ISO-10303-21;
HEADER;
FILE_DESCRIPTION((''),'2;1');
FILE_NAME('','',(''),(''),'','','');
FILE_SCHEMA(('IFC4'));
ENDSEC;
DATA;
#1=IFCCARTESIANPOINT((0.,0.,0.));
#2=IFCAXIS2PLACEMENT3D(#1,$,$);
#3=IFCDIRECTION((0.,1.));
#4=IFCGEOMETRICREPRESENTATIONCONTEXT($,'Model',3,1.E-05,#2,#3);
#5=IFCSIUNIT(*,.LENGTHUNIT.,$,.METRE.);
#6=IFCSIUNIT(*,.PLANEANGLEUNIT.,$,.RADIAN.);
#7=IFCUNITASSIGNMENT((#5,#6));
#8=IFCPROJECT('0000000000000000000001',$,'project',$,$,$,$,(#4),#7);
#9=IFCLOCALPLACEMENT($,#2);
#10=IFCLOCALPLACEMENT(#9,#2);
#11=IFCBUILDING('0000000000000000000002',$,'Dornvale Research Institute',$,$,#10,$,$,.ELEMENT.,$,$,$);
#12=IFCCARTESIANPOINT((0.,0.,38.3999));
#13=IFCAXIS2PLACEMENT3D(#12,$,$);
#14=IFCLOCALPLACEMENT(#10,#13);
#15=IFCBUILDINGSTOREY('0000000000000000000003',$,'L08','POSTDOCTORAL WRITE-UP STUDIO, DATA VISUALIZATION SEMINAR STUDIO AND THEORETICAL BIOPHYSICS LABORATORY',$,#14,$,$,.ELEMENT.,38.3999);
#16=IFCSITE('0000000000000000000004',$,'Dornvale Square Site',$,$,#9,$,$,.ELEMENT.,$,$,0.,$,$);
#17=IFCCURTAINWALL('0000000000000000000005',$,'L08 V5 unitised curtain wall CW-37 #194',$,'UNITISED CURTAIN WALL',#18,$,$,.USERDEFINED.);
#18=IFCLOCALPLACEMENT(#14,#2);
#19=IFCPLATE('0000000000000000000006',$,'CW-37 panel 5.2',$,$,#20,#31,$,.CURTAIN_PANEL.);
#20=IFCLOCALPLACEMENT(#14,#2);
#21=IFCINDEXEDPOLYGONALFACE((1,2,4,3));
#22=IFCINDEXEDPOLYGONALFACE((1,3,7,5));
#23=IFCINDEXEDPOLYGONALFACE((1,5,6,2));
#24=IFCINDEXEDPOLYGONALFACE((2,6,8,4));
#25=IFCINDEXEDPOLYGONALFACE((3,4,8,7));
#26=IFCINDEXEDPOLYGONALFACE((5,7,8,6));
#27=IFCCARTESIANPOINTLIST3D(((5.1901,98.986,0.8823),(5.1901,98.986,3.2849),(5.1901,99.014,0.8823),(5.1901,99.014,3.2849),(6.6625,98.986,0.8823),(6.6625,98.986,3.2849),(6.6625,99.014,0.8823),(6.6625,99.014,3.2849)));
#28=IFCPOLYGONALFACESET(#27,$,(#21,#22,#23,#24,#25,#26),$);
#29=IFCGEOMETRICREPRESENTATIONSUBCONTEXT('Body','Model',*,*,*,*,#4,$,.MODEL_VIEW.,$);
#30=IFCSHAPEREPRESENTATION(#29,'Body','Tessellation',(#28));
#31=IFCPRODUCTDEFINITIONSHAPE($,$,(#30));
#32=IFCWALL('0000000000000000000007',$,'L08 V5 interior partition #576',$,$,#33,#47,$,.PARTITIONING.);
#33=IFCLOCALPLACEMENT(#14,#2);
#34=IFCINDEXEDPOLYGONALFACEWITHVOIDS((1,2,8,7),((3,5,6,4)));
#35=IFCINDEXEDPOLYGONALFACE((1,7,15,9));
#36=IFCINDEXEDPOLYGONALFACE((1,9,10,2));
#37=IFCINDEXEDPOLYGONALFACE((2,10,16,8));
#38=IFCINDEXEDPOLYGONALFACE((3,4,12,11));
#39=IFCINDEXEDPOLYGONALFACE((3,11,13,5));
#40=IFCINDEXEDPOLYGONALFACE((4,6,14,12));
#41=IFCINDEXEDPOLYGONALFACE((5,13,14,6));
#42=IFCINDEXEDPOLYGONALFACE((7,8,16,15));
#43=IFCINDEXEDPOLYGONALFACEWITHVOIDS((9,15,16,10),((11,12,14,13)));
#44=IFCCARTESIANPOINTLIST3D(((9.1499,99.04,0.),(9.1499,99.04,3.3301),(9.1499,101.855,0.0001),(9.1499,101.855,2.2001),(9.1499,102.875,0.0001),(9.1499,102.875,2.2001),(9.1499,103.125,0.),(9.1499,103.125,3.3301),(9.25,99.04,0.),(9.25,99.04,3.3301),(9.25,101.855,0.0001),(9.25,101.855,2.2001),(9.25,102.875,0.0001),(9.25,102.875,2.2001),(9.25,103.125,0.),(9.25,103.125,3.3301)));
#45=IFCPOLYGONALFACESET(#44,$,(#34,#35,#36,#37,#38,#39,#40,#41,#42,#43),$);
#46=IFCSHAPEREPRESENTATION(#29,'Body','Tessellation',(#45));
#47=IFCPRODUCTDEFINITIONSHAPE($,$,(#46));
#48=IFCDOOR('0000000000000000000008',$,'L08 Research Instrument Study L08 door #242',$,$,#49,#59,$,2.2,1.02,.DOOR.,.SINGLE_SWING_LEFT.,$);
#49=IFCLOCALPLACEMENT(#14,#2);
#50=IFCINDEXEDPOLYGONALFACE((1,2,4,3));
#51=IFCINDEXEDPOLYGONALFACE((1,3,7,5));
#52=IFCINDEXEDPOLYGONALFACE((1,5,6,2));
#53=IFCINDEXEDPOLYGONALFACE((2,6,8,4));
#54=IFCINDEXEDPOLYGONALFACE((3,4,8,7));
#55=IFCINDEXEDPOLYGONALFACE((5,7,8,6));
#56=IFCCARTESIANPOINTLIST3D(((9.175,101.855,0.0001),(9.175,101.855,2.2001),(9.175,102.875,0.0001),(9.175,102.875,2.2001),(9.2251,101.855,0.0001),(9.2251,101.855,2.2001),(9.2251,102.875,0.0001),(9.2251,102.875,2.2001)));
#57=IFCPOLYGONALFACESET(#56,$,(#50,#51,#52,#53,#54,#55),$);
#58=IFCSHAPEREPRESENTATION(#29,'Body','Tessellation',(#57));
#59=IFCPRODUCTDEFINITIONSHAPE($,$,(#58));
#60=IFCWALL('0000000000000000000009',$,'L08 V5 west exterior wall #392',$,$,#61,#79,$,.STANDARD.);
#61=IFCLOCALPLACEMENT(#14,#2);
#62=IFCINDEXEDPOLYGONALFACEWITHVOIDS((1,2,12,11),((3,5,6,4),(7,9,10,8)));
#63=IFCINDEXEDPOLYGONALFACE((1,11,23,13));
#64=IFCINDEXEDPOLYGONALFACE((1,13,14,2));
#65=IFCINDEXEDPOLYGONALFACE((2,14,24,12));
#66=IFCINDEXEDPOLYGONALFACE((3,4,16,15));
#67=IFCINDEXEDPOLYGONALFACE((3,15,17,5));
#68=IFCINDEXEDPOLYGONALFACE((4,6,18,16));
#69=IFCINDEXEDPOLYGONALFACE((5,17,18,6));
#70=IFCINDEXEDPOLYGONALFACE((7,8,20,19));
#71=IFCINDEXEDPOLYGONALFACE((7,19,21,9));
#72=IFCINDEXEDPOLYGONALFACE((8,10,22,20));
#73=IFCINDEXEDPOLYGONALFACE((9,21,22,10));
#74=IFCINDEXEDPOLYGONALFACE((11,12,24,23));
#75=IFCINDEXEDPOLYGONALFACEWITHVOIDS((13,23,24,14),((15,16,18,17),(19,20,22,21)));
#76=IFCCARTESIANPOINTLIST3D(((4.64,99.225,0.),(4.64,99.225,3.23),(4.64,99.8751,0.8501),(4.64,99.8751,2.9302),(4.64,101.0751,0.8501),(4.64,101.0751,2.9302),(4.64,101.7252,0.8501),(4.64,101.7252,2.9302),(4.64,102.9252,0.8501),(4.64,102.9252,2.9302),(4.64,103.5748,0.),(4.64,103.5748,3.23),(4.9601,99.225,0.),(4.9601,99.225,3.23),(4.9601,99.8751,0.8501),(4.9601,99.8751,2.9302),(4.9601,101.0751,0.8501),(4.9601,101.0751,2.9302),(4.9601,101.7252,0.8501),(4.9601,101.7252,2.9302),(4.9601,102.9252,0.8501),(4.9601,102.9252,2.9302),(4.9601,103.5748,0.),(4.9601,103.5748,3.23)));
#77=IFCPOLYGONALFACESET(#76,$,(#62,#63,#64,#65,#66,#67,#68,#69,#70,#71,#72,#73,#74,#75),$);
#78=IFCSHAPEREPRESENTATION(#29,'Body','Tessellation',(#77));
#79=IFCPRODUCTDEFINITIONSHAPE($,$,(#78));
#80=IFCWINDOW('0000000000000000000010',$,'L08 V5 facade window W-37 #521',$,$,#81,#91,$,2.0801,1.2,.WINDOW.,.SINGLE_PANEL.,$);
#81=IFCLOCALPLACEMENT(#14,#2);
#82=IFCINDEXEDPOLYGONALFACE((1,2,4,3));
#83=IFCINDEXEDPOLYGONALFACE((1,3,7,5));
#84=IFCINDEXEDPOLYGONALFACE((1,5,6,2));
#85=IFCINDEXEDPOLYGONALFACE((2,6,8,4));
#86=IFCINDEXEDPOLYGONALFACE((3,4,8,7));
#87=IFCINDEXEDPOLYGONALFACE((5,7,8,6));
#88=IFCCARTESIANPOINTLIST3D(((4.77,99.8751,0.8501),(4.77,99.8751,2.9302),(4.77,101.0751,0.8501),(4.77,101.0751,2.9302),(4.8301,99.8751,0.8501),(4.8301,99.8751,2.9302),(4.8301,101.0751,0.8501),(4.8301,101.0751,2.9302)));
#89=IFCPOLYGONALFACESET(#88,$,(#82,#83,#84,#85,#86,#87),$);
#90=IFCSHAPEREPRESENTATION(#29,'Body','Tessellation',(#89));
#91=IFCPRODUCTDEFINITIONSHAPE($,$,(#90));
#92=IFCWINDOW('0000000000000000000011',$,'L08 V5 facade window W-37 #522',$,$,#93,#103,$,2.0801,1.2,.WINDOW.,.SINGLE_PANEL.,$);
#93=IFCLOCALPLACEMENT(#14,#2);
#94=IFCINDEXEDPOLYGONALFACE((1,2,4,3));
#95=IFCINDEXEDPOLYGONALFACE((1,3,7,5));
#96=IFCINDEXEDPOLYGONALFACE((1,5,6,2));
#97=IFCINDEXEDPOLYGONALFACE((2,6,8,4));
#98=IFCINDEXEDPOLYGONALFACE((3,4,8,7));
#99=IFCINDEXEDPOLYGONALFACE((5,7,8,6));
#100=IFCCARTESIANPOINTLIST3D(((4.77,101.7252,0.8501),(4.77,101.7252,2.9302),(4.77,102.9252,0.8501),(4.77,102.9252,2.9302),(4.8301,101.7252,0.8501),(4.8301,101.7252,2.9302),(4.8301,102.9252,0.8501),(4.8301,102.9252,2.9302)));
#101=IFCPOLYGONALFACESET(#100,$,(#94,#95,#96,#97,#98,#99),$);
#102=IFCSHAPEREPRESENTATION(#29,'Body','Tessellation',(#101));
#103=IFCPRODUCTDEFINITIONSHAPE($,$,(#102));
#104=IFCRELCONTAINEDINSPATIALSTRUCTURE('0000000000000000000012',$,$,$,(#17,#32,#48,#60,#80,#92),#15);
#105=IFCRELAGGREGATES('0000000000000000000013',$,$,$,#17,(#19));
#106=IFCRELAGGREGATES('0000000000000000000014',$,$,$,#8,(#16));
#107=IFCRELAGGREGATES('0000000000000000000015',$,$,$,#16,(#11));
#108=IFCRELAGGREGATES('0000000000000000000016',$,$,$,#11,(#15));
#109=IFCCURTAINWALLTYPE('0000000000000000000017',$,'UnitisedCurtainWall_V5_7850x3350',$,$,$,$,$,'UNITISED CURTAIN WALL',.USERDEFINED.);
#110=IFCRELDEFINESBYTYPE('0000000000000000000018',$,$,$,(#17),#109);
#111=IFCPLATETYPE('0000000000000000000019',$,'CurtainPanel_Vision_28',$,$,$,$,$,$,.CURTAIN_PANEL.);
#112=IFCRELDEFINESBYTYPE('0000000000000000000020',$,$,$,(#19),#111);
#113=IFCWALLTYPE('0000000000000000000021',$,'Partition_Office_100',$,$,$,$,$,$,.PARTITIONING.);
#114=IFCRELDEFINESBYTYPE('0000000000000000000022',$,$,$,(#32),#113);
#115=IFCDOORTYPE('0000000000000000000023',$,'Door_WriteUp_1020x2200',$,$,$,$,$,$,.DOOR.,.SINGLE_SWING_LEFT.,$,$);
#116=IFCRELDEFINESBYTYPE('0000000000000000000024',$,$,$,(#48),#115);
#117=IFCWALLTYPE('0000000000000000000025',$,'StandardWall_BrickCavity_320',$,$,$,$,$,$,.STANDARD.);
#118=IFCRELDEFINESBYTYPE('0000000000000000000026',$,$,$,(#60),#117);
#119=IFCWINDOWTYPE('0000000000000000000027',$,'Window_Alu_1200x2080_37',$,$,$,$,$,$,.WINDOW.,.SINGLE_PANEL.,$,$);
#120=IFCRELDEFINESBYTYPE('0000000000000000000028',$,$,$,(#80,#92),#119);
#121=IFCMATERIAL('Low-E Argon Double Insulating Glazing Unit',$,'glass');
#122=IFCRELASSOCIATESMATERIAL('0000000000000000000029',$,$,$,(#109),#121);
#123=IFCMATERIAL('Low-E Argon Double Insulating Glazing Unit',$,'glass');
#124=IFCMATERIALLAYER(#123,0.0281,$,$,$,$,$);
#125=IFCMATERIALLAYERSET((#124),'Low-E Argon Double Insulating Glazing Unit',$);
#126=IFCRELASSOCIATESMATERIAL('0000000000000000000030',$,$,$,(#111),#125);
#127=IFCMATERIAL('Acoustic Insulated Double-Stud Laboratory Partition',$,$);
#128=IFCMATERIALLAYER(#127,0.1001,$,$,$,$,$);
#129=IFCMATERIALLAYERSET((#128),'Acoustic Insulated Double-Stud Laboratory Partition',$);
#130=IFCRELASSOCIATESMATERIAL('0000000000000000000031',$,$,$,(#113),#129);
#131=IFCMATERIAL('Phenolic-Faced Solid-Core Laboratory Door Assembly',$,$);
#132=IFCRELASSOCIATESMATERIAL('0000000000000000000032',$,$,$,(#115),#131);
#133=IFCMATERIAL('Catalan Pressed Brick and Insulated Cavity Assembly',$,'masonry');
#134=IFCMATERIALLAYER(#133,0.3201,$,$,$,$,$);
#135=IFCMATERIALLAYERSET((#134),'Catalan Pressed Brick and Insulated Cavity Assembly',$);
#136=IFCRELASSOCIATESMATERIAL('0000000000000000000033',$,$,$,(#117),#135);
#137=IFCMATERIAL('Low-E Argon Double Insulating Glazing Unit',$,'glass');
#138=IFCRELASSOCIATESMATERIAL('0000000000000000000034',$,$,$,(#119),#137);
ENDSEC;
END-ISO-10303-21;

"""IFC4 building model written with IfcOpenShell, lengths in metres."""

from ifc_helpers import new_model, si_unit, direction, frame, frame_2d, origin, origin_2d, place, context, subcontext, project, spatial, rectangle, extrude, material, layer, layer_set, type_object, element, fill, aggregate, save


model = new_model("IFC4")

# Units and contexts
model_context = context("Model", 3, precision=1e-05, world=origin(), true_north=direction((0.0, 1.0)))
body_context = subcontext(model_context, "Body", "Model", "MODEL_VIEW")
ifc_project = project(units=[si_unit("LENGTHUNIT", "METRE"), si_unit("PLANEANGLEUNIT", "RADIAN")], contexts=[model_context])

# Site, building, storey
site_placement = place(None, origin())
site = spatial("IfcSite", under=ifc_project, at=site_placement, Name="Dornvale Square Site", CompositionType="ELEMENT", RefElevation=0.0)
building_placement = place(site_placement, origin())
building = spatial("IfcBuilding", under=site, at=building_placement, Name="Dornvale Research Institute", CompositionType="ELEMENT")
storey_placement = place(building_placement, frame((0.0, 0.0, 38.3999)))
storey = spatial("IfcBuildingStorey", under=building, at=storey_placement, Name="L08", Description="POSTDOCTORAL WRITE-UP STUDIO, DATA VISUALIZATION SEMINAR STUDIO AND THEORETICAL BIOPHYSICS LABORATORY", CompositionType="ELEMENT", Elevation=38.3999)

# Curtain wall, plate
ifc_material_1 = material(Name="Low-E Argon Double Insulating Glazing Unit", Category="glass")
curtain_wall_type = type_object("IfcCurtainWallType", Name="UnitisedCurtainWall_V5_7850x3350", ElementType="UNITISED CURTAIN WALL", PredefinedType="USERDEFINED", material=ifc_material_1)
curtain_wall_placement = place(storey_placement, origin())
curtain_wall = element("IfcCurtainWall", 1, at=curtain_wall_placement, inside=storey, type_object=curtain_wall_type, Name="L08 V5 unitised curtain wall CW-37 #194", ObjectType="UNITISED CURTAIN WALL", PredefinedType="USERDEFINED")
ifc_material_2 = material(Name="Low-E Argon Double Insulating Glazing Unit", Category="glass")
ifc_layer_1 = layer(ifc_material_2, 0.0281)
ifc_layer_set_1 = layer_set([ifc_layer_1], Name="Low-E Argon Double Insulating Glazing Unit")
plate_type_1 = type_object("IfcPlateType", Name="CurtainPanel_Vision_28", PredefinedType="CURTAIN_PANEL", material=ifc_layer_set_1)
plate_1_placement = place(storey_placement, frame((5.9263, 99.0, 0.8823), z_axis=(0.0, 0.0, 1.0), x_axis=(-1.0, 0.0, 0.0)))
plate_1 = element("IfcPlate", 2, at=plate_1_placement, type_object=plate_type_1, Name="CW-37 panel 5.2", PredefinedType="CURTAIN_PANEL", context=body_context, shape_type="SweptSolid", body=[
    extrude(rectangle(XDim=1.4724, YDim=0.0281, at=origin_2d()), origin(), (0.0, 0.0, 1.0), 2.4026),
])
aggregate(curtain_wall, [plate_1])

# Wall, opening, door
ifc_material_3 = material(Name="Acoustic Insulated Double-Stud Laboratory Partition")
ifc_layer_2 = layer(ifc_material_3, 0.1001)
ifc_layer_set_2 = layer_set([ifc_layer_2], Name="Acoustic Insulated Double-Stud Laboratory Partition")
wall_type_1 = type_object("IfcWallType", Name="Partition_Office_100", PredefinedType="PARTITIONING", material=ifc_layer_set_2)
wall_1_placement = place(storey_placement, frame((9.2, 99.04, 0.0), z_axis=(0.0, 0.0, 1.0), x_axis=(0.0, 1.0, 0.0)))
wall_1 = element("IfcWall", 3, at=wall_1_placement, inside=storey, type_object=wall_type_1, Name="L08 V5 interior partition #576", PredefinedType="PARTITIONING", context=body_context, shape_type="SweptSolid", body=[
    extrude(rectangle(XDim=4.085, YDim=0.1001, at=frame_2d((2.0425, 0.0))), origin(), (0.0, 0.0, 1.0), 3.3301),
])
opening_1_placement = place(wall_1_placement, frame((2.8149, 0.0, 0.0)))
opening_1 = element("IfcOpeningElement", 4, at=opening_1_placement, cuts=wall_1, PredefinedType="OPENING", context=body_context, shape_type="SweptSolid", body=[
    extrude(rectangle(XDim=1.02, YDim=2.2, at=frame_2d((0.51, 1.1001))), frame((0.0, 0.0649, 0.0), z_axis=(0.0, -1.0, 0.0), x_axis=(1.0, 0.0, 0.0)), (0.0, 0.0, 1.0), 0.1301),
])
ifc_material_4 = material(Name="Phenolic-Faced Solid-Core Laboratory Door Assembly")
door_type = type_object("IfcDoorType", Name="Door_WriteUp_1020x2200", OperationType="SINGLE_SWING_LEFT", PredefinedType="DOOR", material=ifc_material_4)
door_placement = place(opening_1_placement, origin())
door = element("IfcDoor", 5, at=door_placement, inside=storey, type_object=door_type, Name="L08 Research Instrument Study L08 door #242", OperationType="SINGLE_SWING_LEFT", OverallHeight=2.2, OverallWidth=1.02, PredefinedType="DOOR", context=body_context, shape_type="SweptSolid", body=[
    extrude(rectangle(XDim=1.02, YDim=2.2, at=frame_2d((0.51, 1.1001))), frame((0.0, 0.0249, 0.0), z_axis=(0.0, -1.0, 0.0), x_axis=(1.0, 0.0, 0.0)), (0.0, 0.0, 1.0), 0.05),
])
fill(opening_1, door)

# Wall, openings, windows
ifc_material_5 = material(Name="Catalan Pressed Brick and Insulated Cavity Assembly", Category="masonry")
ifc_layer_3 = layer(ifc_material_5, 0.3201)
ifc_layer_set_3 = layer_set([ifc_layer_3], Name="Catalan Pressed Brick and Insulated Cavity Assembly")
wall_type_2 = type_object("IfcWallType", Name="StandardWall_BrickCavity_320", PredefinedType="STANDARD", material=ifc_layer_set_3)
wall_2_placement = place(storey_placement, frame((4.8, 99.2251, 0.0), z_axis=(0.0, 0.0, 1.0), x_axis=(0.0, 1.0, 0.0)))
wall_2 = element("IfcWall", 6, at=wall_2_placement, inside=storey, type_object=wall_type_2, Name="L08 V5 west exterior wall #392", PredefinedType="STANDARD", context=body_context, shape_type="SweptSolid", body=[
    extrude(rectangle(XDim=4.3499, YDim=0.3201, at=frame_2d((2.1748, 0.0))), origin(), (0.0, 0.0, 1.0), 3.23),
])
opening_2_placement = place(wall_2_placement, frame((0.6499, 0.0, 0.8501)))
opening_2 = element("IfcOpeningElement", 7, at=opening_2_placement, cuts=wall_2, PredefinedType="OPENING", context=body_context, shape_type="SweptSolid", body=[
    extrude(rectangle(XDim=1.2, YDim=2.0801, at=frame_2d((0.6001, 1.04))), frame((0.0, 0.175, 0.0), z_axis=(0.0, -1.0, 0.0), x_axis=(1.0, 0.0, 0.0)), (0.0, 0.0, 1.0), 0.3501),
])
opening_3_placement = place(wall_2_placement, frame((2.5, 0.0, 0.8501)))
opening_3 = element("IfcOpeningElement", 8, at=opening_3_placement, cuts=wall_2, PredefinedType="OPENING", context=body_context, shape_type="SweptSolid", body=[
    extrude(rectangle(XDim=1.2, YDim=2.0801, at=frame_2d((0.6001, 1.04))), frame((0.0, 0.175, 0.0), z_axis=(0.0, -1.0, 0.0), x_axis=(1.0, 0.0, 0.0)), (0.0, 0.0, 1.0), 0.3501),
])
ifc_material_6 = material(Name="Low-E Argon Double Insulating Glazing Unit", Category="glass")
window_type = type_object("IfcWindowType", Name="Window_Alu_1200x2080_37", PartitioningType="SINGLE_PANEL", PredefinedType="WINDOW", material=ifc_material_6)
window_1_placement = place(opening_2_placement, origin())
window_1 = element("IfcWindow", 9, at=window_1_placement, inside=storey, type_object=window_type, Name="L08 V5 facade window W-37 #521", OverallHeight=2.0801, OverallWidth=1.2, PartitioningType="SINGLE_PANEL", PredefinedType="WINDOW", context=body_context, shape_type="SweptSolid", body=[
    extrude(rectangle(XDim=1.2, YDim=2.0801, at=frame_2d((0.6001, 1.04))), frame((0.0, 0.03, 0.0), z_axis=(0.0, -1.0, 0.0), x_axis=(1.0, 0.0, 0.0)), (0.0, 0.0, 1.0), 0.0601),
])
fill(opening_2, window_1)
window_2_placement = place(opening_3_placement, origin())
window_2 = element("IfcWindow", 10, at=window_2_placement, inside=storey, type_object=window_type, Name="L08 V5 facade window W-37 #522", OverallHeight=2.0801, OverallWidth=1.2, PartitioningType="SINGLE_PANEL", PredefinedType="WINDOW", context=body_context, shape_type="SweptSolid", body=[
    extrude(rectangle(XDim=1.2, YDim=2.0801, at=frame_2d((0.6001, 1.04))), frame((0.0, 0.03, 0.0), z_axis=(0.0, -1.0, 0.0), x_axis=(1.0, 0.0, 0.0)), (0.0, 0.0, 1.0), 0.0601),
])
fill(opening_3, window_2)

save(model, "model.ifc")
